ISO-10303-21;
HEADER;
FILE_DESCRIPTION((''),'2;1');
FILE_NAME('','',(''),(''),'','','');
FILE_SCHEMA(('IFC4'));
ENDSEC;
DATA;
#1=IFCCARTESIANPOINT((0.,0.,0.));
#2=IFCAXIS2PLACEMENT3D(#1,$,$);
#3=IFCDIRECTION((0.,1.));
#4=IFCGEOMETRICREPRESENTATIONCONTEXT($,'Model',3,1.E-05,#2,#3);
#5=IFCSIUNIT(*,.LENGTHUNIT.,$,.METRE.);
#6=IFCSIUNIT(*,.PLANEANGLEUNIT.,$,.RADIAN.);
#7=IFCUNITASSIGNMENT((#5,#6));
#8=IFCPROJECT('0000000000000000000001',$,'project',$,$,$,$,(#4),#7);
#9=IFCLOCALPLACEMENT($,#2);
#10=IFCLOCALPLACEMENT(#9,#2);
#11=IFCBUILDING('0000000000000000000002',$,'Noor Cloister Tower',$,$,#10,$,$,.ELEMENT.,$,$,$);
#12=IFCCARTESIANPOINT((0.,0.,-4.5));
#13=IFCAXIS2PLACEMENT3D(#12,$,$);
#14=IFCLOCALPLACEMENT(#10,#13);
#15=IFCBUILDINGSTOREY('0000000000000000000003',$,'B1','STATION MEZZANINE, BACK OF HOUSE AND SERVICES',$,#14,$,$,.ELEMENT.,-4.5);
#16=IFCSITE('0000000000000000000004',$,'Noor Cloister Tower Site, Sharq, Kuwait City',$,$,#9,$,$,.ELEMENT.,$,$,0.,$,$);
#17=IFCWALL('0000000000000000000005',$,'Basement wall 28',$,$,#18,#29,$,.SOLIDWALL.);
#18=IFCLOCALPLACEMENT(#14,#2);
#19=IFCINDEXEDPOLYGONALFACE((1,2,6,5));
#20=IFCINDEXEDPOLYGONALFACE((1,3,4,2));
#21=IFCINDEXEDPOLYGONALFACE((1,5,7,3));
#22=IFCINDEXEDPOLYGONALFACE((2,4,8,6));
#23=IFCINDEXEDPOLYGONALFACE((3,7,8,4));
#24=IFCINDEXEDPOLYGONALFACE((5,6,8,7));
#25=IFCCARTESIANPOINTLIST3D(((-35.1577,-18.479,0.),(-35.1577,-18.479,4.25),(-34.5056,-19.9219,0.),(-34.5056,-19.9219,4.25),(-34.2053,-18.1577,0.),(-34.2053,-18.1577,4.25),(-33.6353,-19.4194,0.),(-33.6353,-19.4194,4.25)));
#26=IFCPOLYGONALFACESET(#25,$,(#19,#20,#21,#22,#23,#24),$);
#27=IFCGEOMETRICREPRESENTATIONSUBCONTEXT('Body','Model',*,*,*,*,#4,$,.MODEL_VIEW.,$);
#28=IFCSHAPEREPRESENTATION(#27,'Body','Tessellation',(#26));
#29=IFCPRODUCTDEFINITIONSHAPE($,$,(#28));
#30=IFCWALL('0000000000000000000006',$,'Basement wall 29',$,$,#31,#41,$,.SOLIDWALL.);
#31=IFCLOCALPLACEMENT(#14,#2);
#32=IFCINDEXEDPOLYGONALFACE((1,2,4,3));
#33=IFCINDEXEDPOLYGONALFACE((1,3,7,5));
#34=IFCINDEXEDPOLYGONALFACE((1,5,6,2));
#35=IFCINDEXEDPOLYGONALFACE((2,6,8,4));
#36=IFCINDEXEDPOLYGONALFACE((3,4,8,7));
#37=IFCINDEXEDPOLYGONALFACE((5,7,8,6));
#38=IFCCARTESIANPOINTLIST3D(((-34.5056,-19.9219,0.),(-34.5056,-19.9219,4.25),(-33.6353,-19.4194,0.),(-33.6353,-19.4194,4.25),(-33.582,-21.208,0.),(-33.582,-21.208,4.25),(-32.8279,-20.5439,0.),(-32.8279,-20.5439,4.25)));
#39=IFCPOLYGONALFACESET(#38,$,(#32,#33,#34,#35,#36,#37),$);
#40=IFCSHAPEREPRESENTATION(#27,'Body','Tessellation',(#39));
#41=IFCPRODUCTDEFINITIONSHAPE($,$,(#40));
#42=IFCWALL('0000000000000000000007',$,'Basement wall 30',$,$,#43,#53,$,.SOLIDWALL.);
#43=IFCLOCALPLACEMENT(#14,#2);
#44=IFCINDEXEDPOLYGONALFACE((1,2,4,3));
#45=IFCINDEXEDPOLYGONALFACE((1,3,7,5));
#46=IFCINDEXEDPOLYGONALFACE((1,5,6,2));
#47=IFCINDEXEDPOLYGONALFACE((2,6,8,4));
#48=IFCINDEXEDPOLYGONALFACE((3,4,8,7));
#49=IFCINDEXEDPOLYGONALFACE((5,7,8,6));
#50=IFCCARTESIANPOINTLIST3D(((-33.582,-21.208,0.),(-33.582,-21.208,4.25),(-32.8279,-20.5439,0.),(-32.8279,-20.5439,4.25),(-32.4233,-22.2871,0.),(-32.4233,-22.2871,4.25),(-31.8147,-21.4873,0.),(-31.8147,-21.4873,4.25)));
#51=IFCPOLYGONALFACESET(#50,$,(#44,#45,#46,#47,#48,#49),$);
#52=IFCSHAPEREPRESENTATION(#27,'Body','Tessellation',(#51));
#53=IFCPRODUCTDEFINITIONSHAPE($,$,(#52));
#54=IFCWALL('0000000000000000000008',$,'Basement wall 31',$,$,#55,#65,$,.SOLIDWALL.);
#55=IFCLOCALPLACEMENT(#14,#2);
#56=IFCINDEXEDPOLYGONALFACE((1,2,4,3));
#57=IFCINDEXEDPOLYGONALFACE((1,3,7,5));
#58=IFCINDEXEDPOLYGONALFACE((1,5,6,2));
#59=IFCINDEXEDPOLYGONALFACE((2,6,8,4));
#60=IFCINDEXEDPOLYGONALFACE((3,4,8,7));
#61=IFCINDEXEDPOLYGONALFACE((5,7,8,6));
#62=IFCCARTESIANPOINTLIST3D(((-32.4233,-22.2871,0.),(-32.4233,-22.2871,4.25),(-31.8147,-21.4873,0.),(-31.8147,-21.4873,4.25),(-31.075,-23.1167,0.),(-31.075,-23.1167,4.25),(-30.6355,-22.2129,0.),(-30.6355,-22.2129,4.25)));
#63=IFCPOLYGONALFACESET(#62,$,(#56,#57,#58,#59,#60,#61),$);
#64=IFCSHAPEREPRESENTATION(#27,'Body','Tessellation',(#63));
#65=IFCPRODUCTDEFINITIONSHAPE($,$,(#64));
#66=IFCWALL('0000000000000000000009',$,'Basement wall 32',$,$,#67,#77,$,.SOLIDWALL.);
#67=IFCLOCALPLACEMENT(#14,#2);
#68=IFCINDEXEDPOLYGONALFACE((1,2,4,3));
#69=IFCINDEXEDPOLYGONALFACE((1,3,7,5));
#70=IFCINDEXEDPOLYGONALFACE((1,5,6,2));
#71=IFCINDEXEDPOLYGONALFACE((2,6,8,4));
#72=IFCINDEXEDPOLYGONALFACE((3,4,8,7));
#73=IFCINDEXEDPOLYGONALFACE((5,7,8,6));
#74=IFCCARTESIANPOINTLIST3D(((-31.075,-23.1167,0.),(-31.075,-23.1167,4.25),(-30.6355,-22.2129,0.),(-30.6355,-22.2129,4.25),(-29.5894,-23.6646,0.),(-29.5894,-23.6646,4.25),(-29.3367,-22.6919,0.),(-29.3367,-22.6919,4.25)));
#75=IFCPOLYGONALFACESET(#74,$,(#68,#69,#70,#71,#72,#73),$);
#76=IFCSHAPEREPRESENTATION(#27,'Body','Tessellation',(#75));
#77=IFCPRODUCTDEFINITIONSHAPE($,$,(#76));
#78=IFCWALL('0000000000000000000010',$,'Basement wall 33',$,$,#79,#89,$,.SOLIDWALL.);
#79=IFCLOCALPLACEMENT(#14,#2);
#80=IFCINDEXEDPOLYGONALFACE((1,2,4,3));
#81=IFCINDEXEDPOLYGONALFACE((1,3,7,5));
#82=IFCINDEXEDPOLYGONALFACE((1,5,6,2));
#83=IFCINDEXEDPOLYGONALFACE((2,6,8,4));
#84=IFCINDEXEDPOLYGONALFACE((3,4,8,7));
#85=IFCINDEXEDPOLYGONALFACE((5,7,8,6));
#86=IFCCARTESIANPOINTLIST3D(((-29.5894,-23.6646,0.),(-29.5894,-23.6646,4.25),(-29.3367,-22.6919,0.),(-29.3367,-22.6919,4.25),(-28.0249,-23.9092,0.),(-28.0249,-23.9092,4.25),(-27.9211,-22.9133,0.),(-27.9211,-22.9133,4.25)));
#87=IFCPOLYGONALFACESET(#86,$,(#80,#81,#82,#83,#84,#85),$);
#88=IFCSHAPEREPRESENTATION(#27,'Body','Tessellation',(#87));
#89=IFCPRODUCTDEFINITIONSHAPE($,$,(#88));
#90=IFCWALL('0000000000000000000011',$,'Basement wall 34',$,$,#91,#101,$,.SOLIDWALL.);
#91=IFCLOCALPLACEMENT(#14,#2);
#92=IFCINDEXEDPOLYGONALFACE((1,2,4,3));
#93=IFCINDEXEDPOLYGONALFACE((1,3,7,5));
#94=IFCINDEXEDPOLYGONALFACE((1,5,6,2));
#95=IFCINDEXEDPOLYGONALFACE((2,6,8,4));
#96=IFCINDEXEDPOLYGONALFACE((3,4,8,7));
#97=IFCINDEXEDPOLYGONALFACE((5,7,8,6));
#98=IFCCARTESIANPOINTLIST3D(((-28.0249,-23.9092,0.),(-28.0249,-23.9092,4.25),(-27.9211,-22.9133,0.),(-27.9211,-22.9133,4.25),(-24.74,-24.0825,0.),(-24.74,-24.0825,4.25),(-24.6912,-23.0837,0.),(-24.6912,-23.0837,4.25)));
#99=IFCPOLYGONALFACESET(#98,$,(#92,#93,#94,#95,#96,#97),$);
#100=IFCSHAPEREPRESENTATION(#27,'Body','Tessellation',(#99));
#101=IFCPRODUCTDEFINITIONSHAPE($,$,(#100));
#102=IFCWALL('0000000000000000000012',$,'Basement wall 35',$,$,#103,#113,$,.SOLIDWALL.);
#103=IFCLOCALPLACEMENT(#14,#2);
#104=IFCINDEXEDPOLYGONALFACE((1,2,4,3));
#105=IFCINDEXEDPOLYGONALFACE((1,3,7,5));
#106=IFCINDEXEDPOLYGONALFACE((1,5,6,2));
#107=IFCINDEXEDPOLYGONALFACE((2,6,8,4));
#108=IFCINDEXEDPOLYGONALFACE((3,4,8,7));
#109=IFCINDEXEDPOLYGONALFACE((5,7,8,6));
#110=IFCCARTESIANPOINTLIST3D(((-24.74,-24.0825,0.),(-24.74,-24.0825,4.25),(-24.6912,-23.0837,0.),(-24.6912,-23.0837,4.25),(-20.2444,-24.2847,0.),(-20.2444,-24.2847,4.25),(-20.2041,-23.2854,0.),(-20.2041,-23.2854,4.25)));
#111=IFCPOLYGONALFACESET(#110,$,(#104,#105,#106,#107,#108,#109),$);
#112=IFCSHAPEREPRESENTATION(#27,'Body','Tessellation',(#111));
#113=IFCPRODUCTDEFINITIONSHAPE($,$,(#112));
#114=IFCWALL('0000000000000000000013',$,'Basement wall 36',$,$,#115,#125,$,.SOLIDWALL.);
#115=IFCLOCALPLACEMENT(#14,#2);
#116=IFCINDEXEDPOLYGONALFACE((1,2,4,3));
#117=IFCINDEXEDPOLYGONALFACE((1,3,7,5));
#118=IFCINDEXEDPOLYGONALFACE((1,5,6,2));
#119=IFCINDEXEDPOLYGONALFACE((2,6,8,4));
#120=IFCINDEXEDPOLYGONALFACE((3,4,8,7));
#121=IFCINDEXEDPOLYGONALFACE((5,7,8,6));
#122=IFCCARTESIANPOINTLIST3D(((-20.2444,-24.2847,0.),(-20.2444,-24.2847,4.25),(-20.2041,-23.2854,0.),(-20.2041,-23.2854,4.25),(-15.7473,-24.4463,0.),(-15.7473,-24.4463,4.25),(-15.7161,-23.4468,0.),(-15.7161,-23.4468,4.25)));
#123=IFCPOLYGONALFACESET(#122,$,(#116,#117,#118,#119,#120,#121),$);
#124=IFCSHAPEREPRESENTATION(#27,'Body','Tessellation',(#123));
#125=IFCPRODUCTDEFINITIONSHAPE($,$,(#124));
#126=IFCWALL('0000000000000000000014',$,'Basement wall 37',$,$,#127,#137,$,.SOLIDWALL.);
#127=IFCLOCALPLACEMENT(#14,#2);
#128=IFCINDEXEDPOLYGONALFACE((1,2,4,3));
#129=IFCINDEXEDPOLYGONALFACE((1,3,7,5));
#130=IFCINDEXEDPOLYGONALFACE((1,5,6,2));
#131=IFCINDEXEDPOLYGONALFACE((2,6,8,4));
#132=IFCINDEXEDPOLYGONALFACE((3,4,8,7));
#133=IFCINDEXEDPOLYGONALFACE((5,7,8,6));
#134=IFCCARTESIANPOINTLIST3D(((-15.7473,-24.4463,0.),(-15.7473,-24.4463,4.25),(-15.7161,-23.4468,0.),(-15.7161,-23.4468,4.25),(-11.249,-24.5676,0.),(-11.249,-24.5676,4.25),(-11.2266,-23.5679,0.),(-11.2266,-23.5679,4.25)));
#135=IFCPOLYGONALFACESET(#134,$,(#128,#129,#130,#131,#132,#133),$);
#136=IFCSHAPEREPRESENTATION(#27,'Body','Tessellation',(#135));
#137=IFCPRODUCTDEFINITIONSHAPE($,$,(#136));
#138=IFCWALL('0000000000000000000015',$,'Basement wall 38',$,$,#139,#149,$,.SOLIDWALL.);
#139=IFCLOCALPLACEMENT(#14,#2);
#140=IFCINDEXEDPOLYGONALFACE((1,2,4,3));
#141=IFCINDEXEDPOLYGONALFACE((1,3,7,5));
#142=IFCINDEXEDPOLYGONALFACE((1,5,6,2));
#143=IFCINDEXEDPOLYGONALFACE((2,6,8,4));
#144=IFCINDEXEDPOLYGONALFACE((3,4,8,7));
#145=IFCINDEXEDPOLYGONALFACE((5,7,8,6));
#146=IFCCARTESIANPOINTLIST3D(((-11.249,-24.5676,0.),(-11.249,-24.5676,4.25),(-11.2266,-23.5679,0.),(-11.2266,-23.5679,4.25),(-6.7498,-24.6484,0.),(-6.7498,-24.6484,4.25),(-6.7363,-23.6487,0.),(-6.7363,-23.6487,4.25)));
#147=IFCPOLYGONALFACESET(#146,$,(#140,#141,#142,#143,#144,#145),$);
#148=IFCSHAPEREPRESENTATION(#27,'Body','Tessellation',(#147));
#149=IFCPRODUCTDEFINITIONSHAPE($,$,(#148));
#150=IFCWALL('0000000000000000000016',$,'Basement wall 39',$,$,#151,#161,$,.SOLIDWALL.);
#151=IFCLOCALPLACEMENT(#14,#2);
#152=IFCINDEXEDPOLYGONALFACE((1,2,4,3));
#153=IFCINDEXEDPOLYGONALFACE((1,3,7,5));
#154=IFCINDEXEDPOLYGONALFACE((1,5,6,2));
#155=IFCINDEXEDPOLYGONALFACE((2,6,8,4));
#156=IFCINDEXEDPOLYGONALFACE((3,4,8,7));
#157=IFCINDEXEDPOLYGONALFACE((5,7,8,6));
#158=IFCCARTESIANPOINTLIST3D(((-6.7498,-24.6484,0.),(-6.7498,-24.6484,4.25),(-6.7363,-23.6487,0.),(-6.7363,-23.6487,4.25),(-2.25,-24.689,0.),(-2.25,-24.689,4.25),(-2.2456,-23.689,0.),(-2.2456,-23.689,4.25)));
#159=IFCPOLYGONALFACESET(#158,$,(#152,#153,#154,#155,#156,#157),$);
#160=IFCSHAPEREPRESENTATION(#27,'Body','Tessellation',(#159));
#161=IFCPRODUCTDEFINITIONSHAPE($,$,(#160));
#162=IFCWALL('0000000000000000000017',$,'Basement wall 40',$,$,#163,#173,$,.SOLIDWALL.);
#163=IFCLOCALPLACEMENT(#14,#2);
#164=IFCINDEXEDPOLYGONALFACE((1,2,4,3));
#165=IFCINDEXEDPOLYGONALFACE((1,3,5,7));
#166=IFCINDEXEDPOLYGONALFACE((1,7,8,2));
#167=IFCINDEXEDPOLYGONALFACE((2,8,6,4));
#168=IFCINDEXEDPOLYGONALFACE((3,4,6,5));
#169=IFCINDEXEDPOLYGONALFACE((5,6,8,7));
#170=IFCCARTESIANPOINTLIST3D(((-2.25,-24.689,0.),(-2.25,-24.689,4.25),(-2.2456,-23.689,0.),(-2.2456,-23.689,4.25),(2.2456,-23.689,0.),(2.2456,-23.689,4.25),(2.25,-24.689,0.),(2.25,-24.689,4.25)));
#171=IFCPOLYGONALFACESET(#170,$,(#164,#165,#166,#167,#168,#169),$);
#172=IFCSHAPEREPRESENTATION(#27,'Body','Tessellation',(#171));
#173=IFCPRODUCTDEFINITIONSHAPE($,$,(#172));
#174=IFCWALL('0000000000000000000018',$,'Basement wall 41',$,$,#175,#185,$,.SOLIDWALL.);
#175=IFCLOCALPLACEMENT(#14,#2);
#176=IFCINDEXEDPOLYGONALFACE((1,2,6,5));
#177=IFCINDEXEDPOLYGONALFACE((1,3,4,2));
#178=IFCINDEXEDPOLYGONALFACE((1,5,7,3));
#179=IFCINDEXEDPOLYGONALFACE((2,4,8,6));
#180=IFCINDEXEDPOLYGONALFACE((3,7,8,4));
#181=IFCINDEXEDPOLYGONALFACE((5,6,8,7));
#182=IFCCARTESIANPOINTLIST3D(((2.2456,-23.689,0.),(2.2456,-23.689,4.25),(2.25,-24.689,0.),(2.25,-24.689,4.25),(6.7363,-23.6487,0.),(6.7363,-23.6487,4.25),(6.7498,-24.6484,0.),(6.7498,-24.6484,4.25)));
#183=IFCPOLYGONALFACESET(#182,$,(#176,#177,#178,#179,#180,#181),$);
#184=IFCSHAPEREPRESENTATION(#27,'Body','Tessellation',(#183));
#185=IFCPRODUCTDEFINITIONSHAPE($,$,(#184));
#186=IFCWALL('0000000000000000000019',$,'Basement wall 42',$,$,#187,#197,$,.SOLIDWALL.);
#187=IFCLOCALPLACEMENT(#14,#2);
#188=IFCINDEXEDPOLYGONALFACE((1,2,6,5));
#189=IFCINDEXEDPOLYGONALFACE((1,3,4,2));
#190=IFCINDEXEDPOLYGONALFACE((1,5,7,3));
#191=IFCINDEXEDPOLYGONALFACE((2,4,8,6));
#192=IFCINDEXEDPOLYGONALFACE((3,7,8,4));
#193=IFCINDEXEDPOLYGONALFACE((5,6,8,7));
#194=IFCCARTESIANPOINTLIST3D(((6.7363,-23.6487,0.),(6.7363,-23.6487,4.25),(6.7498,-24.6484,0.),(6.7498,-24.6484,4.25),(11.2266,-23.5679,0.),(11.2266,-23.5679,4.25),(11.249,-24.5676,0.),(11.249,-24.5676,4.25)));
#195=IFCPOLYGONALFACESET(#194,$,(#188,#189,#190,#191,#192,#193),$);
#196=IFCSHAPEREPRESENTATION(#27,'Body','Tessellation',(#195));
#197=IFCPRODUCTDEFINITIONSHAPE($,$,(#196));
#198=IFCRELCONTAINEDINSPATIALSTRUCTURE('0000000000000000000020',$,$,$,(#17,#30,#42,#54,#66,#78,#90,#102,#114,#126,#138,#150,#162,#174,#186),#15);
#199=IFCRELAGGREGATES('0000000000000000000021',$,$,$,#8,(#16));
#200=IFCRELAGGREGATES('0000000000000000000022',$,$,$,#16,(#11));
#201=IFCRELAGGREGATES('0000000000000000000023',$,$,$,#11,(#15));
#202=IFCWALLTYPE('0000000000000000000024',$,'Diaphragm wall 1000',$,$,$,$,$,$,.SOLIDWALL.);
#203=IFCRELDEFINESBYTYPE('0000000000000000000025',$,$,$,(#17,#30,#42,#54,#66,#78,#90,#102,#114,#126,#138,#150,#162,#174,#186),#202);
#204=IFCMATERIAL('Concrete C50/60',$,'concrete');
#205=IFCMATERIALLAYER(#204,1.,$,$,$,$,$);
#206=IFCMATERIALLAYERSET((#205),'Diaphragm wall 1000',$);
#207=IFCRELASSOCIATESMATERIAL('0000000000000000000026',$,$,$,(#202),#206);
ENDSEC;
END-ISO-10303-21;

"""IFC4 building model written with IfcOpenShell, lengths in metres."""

from ifc_helpers import new_model, si_unit, direction, frame, origin, place, context, subcontext, project, spatial, polyline, outline, extrude, material, layer, layer_set, type_object, element, save


model = new_model("IFC4")

# Units and contexts
model_context = context("Model", 3, precision=1e-05, world=origin(), true_north=direction((0.0, 1.0)))
body_context = subcontext(model_context, "Body", "Model", "MODEL_VIEW")
ifc_project = project(units=[si_unit("LENGTHUNIT", "METRE"), si_unit("PLANEANGLEUNIT", "RADIAN")], contexts=[model_context])

# Site, building, storey
site_placement = place(None, origin())
site = spatial("IfcSite", under=ifc_project, at=site_placement, Name="Noor Cloister Tower Site, Sharq, Kuwait City", CompositionType="ELEMENT", RefElevation=0.0)
building_placement = place(site_placement, origin())
building = spatial("IfcBuilding", under=site, at=building_placement, Name="Noor Cloister Tower", CompositionType="ELEMENT")
storey_placement = place(building_placement, frame((0.0, 0.0, -4.5)))
storey = spatial("IfcBuildingStorey", under=building, at=storey_placement, Name="B1", Description="STATION MEZZANINE, BACK OF HOUSE AND SERVICES", CompositionType="ELEMENT", Elevation=-4.5)

# Walls
ifc_material = material(Name="Concrete C50/60", Category="concrete")
ifc_layer = layer(ifc_material, 1.0)
ifc_layer_set = layer_set([ifc_layer], Name="Diaphragm wall 1000")
wall_type = type_object("IfcWallType", Name="Diaphragm wall 1000", PredefinedType="SOLIDWALL", material=ifc_layer_set)
wall_1_placement = place(storey_placement, origin())
element("IfcWall", 1, at=wall_1_placement, inside=storey, type_object=wall_type, Name="Basement wall 28", PredefinedType="SOLIDWALL", context=body_context, shape_type="SweptSolid", body=[
    extrude(outline(polyline([(-35.1577, -18.479), (-34.5056, -19.9219), (-33.6353, -19.4194), (-34.2053, -18.1577), (-35.1577, -18.479)])), origin(), (0.0, 0.0, 1.0), 4.25),
])
wall_2_placement = place(storey_placement, origin())
element("IfcWall", 2, at=wall_2_placement, inside=storey, type_object=wall_type, Name="Basement wall 29", PredefinedType="SOLIDWALL", context=body_context, shape_type="SweptSolid", body=[
    extrude(outline(polyline([(-34.5056, -19.9219), (-33.582, -21.208), (-32.8279, -20.5439), (-33.6353, -19.4194), (-34.5056, -19.9219)])), origin(), (0.0, 0.0, 1.0), 4.25),
])
wall_3_placement = place(storey_placement, origin())
element("IfcWall", 3, at=wall_3_placement, inside=storey, type_object=wall_type, Name="Basement wall 30", PredefinedType="SOLIDWALL", context=body_context, shape_type="SweptSolid", body=[
    extrude(outline(polyline([(-33.582, -21.208), (-32.4233, -22.2871), (-31.8147, -21.4873), (-32.8279, -20.5439), (-33.582, -21.208)])), origin(), (0.0, 0.0, 1.0), 4.25),
])
wall_4_placement = place(storey_placement, origin())
element("IfcWall", 4, at=wall_4_placement, inside=storey, type_object=wall_type, Name="Basement wall 31", PredefinedType="SOLIDWALL", context=body_context, shape_type="SweptSolid", body=[
    extrude(outline(polyline([(-32.4233, -22.2871), (-31.075, -23.1167), (-30.6355, -22.2129), (-31.8147, -21.4873), (-32.4233, -22.2871)])), origin(), (0.0, 0.0, 1.0), 4.25),
])
wall_5_placement = place(storey_placement, origin())
element("IfcWall", 5, at=wall_5_placement, inside=storey, type_object=wall_type, Name="Basement wall 32", PredefinedType="SOLIDWALL", context=body_context, shape_type="SweptSolid", body=[
    extrude(outline(polyline([(-31.075, -23.1167), (-29.5894, -23.6646), (-29.3367, -22.6919), (-30.6355, -22.2129), (-31.075, -23.1167)])), origin(), (0.0, 0.0, 1.0), 4.25),
])
wall_6_placement = place(storey_placement, origin())
element("IfcWall", 6, at=wall_6_placement, inside=storey, type_object=wall_type, Name="Basement wall 33", PredefinedType="SOLIDWALL", context=body_context, shape_type="SweptSolid", body=[
    extrude(outline(polyline([(-29.5894, -23.6646), (-28.0249, -23.9092), (-27.9211, -22.9133), (-29.3367, -22.6919), (-29.5894, -23.6646)])), origin(), (0.0, 0.0, 1.0), 4.25),
])
wall_7_placement = place(storey_placement, origin())
element("IfcWall", 7, at=wall_7_placement, inside=storey, type_object=wall_type, Name="Basement wall 34", PredefinedType="SOLIDWALL", context=body_context, shape_type="SweptSolid", body=[
    extrude(outline(polyline([(-28.0249, -23.9092), (-24.74, -24.0825), (-24.6912, -23.0837), (-27.9211, -22.9133), (-28.0249, -23.9092)])), origin(), (0.0, 0.0, 1.0), 4.25),
])
wall_8_placement = place(storey_placement, origin())
element("IfcWall", 8, at=wall_8_placement, inside=storey, type_object=wall_type, Name="Basement wall 35", PredefinedType="SOLIDWALL", context=body_context, shape_type="SweptSolid", body=[
    extrude(outline(polyline([(-24.74, -24.0825), (-20.2444, -24.2847), (-20.2041, -23.2854), (-24.6912, -23.0837), (-24.74, -24.0825)])), origin(), (0.0, 0.0, 1.0), 4.25),
])
wall_9_placement = place(storey_placement, origin())
element("IfcWall", 9, at=wall_9_placement, inside=storey, type_object=wall_type, Name="Basement wall 36", PredefinedType="SOLIDWALL", context=body_context, shape_type="SweptSolid", body=[
    extrude(outline(polyline([(-20.2444, -24.2847), (-15.7473, -24.4463), (-15.7161, -23.4468), (-20.2041, -23.2854), (-20.2444, -24.2847)])), origin(), (0.0, 0.0, 1.0), 4.25),
])
wall_10_placement = place(storey_placement, origin())
element("IfcWall", 10, at=wall_10_placement, inside=storey, type_object=wall_type, Name="Basement wall 37", PredefinedType="SOLIDWALL", context=body_context, shape_type="SweptSolid", body=[
    extrude(outline(polyline([(-15.7473, -24.4463), (-11.249, -24.5676), (-11.2266, -23.5679), (-15.7161, -23.4468), (-15.7473, -24.4463)])), origin(), (0.0, 0.0, 1.0), 4.25),
])
wall_11_placement = place(storey_placement, origin())
element("IfcWall", 11, at=wall_11_placement, inside=storey, type_object=wall_type, Name="Basement wall 38", PredefinedType="SOLIDWALL", context=body_context, shape_type="SweptSolid", body=[
    extrude(outline(polyline([(-11.249, -24.5676), (-6.7498, -24.6484), (-6.7363, -23.6487), (-11.2266, -23.5679), (-11.249, -24.5676)])), origin(), (0.0, 0.0, 1.0), 4.25),
])
wall_12_placement = place(storey_placement, origin())
element("IfcWall", 12, at=wall_12_placement, inside=storey, type_object=wall_type, Name="Basement wall 39", PredefinedType="SOLIDWALL", context=body_context, shape_type="SweptSolid", body=[
    extrude(outline(polyline([(-6.7498, -24.6484), (-2.25, -24.689), (-2.2456, -23.689), (-6.7363, -23.6487), (-6.7498, -24.6484)])), origin(), (0.0, 0.0, 1.0), 4.25),
])
wall_13_placement = place(storey_placement, origin())
element("IfcWall", 13, at=wall_13_placement, inside=storey, type_object=wall_type, Name="Basement wall 40", PredefinedType="SOLIDWALL", context=body_context, shape_type="SweptSolid", body=[
    extrude(outline(polyline([(-2.25, -24.689), (2.25, -24.689), (2.2456, -23.689), (-2.2456, -23.689), (-2.25, -24.689)])), origin(), (0.0, 0.0, 1.0), 4.25),
])
wall_14_placement = place(storey_placement, origin())
element("IfcWall", 14, at=wall_14_placement, inside=storey, type_object=wall_type, Name="Basement wall 41", PredefinedType="SOLIDWALL", context=body_context, shape_type="SweptSolid", body=[
    extrude(outline(polyline([(2.25, -24.689), (6.7498, -24.6484), (6.7363, -23.6487), (2.2456, -23.689), (2.25, -24.689)])), origin(), (0.0, 0.0, 1.0), 4.25),
])
wall_15_placement = place(storey_placement, origin())
element("IfcWall", 15, at=wall_15_placement, inside=storey, type_object=wall_type, Name="Basement wall 42", PredefinedType="SOLIDWALL", context=body_context, shape_type="SweptSolid", body=[
    extrude(outline(polyline([(6.7498, -24.6484), (11.249, -24.5676), (11.2266, -23.5679), (6.7363, -23.6487), (6.7498, -24.6484)])), origin(), (0.0, 0.0, 1.0), 4.25),
])

save(model, "model.ifc")
